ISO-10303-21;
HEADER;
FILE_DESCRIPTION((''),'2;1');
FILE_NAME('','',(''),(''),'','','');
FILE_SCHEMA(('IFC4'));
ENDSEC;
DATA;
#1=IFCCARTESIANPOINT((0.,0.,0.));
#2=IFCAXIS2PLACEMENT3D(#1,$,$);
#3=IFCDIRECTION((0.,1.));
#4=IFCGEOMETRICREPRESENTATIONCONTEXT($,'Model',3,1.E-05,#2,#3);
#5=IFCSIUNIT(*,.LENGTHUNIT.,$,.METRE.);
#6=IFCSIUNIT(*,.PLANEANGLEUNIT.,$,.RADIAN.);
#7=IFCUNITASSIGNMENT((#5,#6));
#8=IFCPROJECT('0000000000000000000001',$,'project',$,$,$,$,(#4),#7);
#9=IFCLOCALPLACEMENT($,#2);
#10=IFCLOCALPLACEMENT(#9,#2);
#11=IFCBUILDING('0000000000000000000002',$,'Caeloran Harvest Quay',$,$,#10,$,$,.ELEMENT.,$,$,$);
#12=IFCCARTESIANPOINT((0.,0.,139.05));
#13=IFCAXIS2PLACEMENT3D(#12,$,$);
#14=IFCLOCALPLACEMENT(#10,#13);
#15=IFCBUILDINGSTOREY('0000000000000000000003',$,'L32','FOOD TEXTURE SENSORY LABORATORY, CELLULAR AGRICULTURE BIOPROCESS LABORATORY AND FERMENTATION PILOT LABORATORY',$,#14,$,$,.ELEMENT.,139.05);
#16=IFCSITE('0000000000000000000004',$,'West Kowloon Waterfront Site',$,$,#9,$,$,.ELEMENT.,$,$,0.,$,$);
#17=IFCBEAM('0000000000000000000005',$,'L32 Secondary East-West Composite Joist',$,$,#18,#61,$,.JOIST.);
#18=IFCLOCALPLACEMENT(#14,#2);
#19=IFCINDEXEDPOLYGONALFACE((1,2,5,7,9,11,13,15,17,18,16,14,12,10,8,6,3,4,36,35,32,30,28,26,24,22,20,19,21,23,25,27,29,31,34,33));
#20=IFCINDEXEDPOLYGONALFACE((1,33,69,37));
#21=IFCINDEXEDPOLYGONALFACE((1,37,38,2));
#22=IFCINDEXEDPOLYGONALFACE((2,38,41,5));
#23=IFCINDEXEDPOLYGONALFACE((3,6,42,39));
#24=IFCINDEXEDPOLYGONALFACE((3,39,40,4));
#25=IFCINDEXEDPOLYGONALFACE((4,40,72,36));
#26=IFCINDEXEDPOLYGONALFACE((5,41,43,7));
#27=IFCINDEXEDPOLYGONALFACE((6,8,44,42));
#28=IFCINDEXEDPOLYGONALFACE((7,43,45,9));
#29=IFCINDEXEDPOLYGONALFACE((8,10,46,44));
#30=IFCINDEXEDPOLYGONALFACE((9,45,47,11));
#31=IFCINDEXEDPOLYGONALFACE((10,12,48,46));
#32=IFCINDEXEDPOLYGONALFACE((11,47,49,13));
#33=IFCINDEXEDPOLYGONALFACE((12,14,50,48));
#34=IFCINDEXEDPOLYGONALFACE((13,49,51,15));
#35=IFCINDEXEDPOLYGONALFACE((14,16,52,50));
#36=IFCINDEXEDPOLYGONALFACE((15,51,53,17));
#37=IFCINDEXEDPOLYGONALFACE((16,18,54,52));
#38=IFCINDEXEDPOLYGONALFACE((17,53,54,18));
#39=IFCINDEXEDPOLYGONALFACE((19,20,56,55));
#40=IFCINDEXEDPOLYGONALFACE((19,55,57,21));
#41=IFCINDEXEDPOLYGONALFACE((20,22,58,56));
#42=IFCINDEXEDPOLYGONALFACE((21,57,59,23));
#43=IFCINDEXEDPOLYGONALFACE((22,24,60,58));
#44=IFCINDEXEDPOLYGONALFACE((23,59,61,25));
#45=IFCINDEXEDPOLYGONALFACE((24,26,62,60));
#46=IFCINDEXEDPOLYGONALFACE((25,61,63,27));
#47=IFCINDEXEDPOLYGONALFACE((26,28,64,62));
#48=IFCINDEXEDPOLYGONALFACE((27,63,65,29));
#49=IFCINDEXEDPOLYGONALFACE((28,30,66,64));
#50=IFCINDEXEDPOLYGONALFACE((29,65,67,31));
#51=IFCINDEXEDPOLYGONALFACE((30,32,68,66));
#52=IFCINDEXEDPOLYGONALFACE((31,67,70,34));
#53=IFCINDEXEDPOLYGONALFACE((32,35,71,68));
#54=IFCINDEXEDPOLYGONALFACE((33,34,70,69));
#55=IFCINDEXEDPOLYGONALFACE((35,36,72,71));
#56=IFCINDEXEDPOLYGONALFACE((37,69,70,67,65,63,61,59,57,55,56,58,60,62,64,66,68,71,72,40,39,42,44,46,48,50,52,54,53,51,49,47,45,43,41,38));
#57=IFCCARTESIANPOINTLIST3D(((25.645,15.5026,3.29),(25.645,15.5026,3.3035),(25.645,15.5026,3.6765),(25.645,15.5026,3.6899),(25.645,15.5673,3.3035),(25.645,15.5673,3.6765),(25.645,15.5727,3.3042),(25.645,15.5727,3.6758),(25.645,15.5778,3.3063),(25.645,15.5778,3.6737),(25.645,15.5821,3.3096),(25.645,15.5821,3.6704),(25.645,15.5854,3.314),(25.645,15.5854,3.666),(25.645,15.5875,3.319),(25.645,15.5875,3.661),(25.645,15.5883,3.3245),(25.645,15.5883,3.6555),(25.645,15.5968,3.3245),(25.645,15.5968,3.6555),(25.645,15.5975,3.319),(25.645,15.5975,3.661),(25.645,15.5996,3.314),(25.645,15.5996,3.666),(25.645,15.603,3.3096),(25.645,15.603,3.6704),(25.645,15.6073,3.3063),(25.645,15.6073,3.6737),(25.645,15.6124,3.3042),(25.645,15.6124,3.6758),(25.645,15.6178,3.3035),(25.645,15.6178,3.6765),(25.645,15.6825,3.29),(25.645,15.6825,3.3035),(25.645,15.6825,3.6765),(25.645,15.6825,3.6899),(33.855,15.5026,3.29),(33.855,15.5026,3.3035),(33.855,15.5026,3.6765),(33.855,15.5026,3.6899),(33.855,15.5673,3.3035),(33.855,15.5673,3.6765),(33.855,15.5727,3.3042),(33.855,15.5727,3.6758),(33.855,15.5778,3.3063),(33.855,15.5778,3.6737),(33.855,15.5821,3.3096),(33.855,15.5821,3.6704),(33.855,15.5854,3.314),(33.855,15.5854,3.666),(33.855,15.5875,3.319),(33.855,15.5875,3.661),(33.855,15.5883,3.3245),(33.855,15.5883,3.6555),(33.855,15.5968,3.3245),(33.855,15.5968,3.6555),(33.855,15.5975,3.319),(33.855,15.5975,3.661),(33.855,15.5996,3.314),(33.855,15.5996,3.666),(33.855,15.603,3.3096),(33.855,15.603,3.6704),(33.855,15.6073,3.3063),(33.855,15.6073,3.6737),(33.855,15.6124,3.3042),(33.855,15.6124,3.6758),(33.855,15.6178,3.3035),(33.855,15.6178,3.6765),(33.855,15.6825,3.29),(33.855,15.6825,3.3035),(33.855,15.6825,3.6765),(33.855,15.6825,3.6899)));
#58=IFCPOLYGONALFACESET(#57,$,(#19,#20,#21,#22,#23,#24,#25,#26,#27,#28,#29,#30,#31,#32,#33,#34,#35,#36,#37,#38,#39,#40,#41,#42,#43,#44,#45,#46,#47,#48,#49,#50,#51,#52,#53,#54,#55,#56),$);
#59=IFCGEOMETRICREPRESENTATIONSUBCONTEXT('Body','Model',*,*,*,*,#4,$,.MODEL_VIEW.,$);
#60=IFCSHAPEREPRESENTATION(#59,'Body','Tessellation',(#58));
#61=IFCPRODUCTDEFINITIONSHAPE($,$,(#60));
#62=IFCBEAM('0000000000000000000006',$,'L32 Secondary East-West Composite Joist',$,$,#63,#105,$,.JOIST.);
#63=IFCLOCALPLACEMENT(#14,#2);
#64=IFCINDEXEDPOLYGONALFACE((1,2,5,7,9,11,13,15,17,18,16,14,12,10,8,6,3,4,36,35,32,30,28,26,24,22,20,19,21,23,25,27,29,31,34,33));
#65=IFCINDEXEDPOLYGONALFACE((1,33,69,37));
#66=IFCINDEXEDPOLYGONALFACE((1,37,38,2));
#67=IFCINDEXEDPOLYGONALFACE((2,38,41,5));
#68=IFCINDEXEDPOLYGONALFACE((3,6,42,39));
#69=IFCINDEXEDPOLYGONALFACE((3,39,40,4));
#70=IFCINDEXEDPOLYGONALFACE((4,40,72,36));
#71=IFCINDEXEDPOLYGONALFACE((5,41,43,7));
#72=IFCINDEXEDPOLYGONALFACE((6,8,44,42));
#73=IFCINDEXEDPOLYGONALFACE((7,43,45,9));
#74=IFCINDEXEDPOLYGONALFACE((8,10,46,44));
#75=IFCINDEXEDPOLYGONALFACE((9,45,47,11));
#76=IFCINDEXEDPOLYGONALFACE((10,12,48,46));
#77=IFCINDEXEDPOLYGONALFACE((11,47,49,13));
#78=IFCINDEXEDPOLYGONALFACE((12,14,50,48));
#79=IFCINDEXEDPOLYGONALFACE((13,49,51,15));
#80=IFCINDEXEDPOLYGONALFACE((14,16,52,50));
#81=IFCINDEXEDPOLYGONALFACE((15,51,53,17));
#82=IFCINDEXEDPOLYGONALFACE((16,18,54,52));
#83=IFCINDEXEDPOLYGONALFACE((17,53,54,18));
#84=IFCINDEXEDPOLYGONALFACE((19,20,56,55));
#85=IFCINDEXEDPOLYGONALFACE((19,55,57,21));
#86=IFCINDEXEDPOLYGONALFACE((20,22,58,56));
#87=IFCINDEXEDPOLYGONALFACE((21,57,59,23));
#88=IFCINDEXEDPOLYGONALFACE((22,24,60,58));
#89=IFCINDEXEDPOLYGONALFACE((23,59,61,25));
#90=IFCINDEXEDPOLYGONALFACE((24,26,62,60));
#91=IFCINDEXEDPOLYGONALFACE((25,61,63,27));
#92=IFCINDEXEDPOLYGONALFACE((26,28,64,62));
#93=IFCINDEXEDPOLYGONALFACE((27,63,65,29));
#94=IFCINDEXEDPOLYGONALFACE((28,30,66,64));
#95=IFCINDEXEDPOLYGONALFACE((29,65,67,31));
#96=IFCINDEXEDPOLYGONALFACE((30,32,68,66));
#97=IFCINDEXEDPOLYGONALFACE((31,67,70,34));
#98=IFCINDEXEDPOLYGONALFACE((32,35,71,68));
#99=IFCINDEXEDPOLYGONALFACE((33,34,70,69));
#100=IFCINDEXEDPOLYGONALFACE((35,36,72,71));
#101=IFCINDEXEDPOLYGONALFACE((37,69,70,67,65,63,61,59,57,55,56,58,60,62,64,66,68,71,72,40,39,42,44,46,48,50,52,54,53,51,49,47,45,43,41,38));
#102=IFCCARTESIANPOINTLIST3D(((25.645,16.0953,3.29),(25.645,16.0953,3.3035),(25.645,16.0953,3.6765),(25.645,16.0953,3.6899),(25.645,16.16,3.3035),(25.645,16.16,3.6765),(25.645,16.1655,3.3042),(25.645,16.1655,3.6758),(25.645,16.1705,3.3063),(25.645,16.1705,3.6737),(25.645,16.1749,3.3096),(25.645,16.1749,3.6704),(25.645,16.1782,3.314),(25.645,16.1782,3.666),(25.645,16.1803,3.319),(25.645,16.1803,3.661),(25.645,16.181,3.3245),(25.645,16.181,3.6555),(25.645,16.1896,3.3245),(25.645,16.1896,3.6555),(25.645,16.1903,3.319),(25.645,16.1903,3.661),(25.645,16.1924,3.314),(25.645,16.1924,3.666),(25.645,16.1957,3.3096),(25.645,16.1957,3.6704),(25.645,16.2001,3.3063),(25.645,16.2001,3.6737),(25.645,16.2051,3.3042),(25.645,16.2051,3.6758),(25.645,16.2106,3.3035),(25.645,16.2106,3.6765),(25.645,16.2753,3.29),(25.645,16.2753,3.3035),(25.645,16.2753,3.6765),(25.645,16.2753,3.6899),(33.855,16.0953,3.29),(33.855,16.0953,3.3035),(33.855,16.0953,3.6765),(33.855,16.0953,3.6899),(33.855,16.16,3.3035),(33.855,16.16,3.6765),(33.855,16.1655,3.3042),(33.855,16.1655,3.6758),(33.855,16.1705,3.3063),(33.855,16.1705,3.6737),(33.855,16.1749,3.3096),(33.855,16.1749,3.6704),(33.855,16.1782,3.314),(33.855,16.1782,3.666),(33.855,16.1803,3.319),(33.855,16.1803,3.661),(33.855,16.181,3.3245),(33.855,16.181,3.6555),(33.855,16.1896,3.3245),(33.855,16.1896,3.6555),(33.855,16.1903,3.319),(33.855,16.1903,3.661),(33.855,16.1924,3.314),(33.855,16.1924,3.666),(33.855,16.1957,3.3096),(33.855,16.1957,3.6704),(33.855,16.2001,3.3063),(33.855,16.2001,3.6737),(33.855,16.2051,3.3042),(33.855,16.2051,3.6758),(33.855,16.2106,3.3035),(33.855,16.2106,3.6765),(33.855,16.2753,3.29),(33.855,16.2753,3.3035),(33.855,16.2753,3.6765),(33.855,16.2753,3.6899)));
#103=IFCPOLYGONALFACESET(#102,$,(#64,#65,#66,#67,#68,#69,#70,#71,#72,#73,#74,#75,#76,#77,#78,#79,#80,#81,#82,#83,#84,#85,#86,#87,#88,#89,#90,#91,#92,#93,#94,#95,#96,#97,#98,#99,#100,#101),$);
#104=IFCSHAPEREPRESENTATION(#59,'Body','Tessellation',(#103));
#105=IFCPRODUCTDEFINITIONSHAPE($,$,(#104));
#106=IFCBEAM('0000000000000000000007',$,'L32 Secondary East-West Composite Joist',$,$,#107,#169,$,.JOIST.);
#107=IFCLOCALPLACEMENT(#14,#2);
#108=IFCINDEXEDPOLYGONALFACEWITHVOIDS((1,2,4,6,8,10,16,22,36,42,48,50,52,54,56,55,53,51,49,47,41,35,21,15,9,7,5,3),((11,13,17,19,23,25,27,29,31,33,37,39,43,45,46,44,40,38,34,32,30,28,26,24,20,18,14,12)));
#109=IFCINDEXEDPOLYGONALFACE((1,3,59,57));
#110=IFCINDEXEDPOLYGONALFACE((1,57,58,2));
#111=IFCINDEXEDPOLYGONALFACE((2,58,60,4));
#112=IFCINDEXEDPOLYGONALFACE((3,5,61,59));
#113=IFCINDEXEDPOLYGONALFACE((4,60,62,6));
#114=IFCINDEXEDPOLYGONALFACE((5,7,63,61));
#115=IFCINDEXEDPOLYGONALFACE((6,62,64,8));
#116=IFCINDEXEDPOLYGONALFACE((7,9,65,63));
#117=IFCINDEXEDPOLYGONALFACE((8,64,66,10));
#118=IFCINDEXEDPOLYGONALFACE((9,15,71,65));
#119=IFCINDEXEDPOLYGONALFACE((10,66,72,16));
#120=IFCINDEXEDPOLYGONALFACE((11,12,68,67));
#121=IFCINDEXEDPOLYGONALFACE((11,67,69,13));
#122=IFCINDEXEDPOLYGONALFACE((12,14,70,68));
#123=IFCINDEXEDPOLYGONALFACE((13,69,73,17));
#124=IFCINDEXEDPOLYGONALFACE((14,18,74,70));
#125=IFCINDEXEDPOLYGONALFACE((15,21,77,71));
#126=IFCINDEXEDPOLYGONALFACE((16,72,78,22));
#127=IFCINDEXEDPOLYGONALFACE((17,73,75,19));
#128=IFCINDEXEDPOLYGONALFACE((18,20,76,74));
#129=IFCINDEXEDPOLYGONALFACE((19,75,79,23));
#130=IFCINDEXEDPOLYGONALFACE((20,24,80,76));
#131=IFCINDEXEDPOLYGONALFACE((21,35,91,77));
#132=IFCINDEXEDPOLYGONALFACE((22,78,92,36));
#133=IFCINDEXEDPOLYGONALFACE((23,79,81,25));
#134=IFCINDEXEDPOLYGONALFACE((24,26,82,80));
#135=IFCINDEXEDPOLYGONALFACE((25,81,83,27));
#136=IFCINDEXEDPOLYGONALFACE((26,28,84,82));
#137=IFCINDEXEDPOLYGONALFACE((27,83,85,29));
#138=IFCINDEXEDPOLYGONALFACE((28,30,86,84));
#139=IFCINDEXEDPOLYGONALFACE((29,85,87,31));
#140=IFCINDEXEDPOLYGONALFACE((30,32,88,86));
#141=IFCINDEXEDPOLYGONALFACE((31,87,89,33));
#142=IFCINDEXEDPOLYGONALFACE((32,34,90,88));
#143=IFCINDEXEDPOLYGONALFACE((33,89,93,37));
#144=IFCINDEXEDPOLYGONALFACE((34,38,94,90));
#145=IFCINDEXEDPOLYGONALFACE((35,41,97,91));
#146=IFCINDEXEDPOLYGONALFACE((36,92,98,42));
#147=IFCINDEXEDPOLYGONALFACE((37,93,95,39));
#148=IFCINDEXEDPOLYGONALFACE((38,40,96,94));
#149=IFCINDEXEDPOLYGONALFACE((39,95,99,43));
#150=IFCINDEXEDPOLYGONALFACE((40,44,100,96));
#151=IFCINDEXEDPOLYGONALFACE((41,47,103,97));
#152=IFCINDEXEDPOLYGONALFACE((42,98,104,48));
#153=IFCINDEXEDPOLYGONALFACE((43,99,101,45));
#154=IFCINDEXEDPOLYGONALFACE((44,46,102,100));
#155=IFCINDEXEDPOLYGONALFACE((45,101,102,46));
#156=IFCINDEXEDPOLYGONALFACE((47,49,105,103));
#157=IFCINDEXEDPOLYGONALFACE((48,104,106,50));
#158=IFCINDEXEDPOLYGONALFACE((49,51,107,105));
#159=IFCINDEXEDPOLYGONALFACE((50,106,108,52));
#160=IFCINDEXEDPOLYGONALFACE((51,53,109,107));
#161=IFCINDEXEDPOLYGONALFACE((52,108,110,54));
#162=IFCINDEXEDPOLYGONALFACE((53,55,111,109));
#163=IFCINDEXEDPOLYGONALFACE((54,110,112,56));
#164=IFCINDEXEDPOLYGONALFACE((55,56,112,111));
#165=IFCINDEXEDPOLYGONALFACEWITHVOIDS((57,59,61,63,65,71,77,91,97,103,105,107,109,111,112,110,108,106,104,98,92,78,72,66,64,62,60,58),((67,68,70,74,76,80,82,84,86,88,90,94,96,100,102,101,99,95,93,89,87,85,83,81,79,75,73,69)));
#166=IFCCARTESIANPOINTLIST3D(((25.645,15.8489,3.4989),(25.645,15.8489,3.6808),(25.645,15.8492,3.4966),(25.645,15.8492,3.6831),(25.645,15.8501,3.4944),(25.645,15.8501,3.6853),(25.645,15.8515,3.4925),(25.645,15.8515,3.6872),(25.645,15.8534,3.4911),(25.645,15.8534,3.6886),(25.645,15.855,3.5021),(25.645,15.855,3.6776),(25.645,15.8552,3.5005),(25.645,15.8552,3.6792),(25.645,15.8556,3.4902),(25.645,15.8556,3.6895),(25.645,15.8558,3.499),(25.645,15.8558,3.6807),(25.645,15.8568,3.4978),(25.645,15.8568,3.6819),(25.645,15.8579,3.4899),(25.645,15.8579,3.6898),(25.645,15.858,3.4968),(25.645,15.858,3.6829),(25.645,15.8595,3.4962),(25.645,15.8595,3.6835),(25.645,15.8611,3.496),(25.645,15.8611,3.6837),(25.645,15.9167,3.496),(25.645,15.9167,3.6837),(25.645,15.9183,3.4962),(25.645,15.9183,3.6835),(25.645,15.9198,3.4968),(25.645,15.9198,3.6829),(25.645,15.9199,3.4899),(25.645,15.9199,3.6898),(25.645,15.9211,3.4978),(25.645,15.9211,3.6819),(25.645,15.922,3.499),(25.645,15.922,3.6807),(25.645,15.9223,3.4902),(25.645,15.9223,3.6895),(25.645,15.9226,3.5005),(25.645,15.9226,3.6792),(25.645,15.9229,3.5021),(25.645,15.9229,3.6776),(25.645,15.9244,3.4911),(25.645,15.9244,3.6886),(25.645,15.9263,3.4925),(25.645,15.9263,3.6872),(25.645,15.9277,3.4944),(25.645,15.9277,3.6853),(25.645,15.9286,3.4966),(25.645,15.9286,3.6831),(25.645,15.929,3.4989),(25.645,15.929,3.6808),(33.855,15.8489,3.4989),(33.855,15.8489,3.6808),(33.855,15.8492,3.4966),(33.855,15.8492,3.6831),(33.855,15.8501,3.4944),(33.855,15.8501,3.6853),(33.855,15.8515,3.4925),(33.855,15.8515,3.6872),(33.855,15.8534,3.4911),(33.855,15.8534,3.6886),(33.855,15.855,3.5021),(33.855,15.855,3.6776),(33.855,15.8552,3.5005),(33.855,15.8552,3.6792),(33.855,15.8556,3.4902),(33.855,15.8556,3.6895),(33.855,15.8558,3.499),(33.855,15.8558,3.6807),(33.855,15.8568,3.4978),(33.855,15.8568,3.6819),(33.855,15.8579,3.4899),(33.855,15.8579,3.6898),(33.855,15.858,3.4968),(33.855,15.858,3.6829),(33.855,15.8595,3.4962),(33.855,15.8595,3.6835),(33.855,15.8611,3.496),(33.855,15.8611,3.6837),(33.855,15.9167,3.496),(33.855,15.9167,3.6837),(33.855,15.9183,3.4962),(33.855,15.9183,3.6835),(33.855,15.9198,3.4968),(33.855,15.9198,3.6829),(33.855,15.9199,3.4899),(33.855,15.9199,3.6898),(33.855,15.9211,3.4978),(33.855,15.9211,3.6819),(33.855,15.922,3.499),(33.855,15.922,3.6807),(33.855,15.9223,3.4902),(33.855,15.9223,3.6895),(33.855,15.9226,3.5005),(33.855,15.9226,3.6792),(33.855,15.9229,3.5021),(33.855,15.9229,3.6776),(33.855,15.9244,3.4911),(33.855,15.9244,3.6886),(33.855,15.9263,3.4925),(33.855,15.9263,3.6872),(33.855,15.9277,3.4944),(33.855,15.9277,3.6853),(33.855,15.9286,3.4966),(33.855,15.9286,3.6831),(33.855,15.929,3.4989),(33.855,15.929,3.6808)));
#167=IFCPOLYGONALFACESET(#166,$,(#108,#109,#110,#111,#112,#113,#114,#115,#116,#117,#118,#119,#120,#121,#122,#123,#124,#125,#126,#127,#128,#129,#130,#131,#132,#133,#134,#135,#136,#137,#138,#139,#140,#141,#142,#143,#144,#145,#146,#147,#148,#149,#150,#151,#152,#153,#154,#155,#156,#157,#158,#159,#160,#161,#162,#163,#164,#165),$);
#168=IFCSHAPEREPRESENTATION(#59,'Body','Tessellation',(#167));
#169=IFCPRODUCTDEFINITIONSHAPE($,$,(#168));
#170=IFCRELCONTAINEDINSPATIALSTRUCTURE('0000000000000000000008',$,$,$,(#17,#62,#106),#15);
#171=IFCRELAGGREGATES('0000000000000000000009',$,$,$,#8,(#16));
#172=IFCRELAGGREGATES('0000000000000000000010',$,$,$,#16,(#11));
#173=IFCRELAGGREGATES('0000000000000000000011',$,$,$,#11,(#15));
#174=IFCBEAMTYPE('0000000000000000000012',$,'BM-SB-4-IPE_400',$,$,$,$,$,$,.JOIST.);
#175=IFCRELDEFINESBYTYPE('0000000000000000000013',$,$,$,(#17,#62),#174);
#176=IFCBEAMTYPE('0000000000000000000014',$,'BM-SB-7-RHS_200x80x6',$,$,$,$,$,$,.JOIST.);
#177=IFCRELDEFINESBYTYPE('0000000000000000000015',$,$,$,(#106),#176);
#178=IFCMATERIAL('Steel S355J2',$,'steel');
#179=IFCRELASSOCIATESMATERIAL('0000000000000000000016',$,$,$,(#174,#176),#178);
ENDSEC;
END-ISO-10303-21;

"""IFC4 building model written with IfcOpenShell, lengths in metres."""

from ifc_helpers import new_model, si_unit, direction, frame, origin, origin_2d, place, context, subcontext, project, spatial, hollow_rectangle, i_section, extrude, material, material_profile, profile_set, type_object, element, save


model = new_model("IFC4")

# Units and contexts
model_context = context("Model", 3, precision=1e-05, world=origin(), true_north=direction((0.0, 1.0)))
body_context = subcontext(model_context, "Body", "Model", "MODEL_VIEW")
ifc_project = project(units=[si_unit("LENGTHUNIT", "METRE"), si_unit("PLANEANGLEUNIT", "RADIAN")], contexts=[model_context])

# Site, building, storey
site_placement = place(None, origin())
site = spatial("IfcSite", under=ifc_project, at=site_placement, Name="West Kowloon Waterfront Site", CompositionType="ELEMENT", RefElevation=0.0)
building_placement = place(site_placement, origin())
building = spatial("IfcBuilding", under=site, at=building_placement, Name="Caeloran Harvest Quay", CompositionType="ELEMENT")
storey_placement = place(building_placement, frame((0.0, 0.0, 139.05)))
storey = spatial("IfcBuildingStorey", under=building, at=storey_placement, Name="L32", Description="FOOD TEXTURE SENSORY LABORATORY, CELLULAR AGRICULTURE BIOPROCESS LABORATORY AND FERMENTATION PILOT LABORATORY", CompositionType="ELEMENT", Elevation=139.05)

# Beams
ifc_material_1 = material(Name="Steel S355J2", Category="steel")
ifc_material_profile_1 = material_profile(ifc_material_1, i_section(OverallWidth=0.1799, OverallDepth=0.3999, WebThickness=0.0085, FlangeThickness=0.0134, FilletRadius=0.021, at=origin_2d()), Name="IPE 400")
ifc_profile_set_1 = profile_set([ifc_material_profile_1], Name="Steel S355J2")
beam_type_1 = type_object("IfcBeamType", Name="BM-SB-4-IPE_400", PredefinedType="JOIST", material=ifc_profile_set_1)
for number, where, z_axis, x_axis, name in (
    (1, (25.645, 15.5925, 3.49), (1.0, 0.0, 0.0), (0.0, 1.0, 0.0), "L32 Secondary East-West Composite Joist"),
    (2, (25.645, 16.1853, 3.49), (1.0, 0.0, 0.0), (0.0, 1.0, 0.0), "L32 Secondary East-West Composite Joist"),
):
    element("IfcBeam", number, at=place(storey_placement, frame(where, z_axis=z_axis, x_axis=x_axis)), inside=storey, type_object=beam_type_1, Name=name, PredefinedType="JOIST", context=body_context, shape_type="SweptSolid", body=[
        extrude(i_section(OverallWidth=0.1799, OverallDepth=0.3999, WebThickness=0.0085, FlangeThickness=0.0134, FilletRadius=0.021, at=origin_2d()), origin(), (0.0, 0.0, 1.0), 8.21),
    ])
ifc_material_profile_2 = material_profile(ifc_material_1, hollow_rectangle(XDim=0.0801, YDim=0.2, WallThickness=0.0061, InnerFilletRadius=0.0061, OuterFilletRadius=0.009, at=origin_2d()), Name="RHS 200x80x6")
ifc_profile_set_2 = profile_set([ifc_material_profile_2], Name="Steel S355J2")
beam_type_2 = type_object("IfcBeamType", Name="BM-SB-7-RHS_200x80x6", PredefinedType="JOIST", material=ifc_profile_set_2)
for number, where, z_axis, x_axis, name in (
    (3, (25.645, 15.8889, 3.5898), (1.0, 0.0, 0.0), (0.0, 1.0, 0.0), "L32 Secondary East-West Composite Joist"),
):
    element("IfcBeam", number, at=place(storey_placement, frame(where, z_axis=z_axis, x_axis=x_axis)), inside=storey, type_object=beam_type_2, Name=name, PredefinedType="JOIST", context=body_context, shape_type="SweptSolid", body=[
        extrude(hollow_rectangle(XDim=0.0801, YDim=0.2, WallThickness=0.0061, InnerFilletRadius=0.0061, OuterFilletRadius=0.009, at=origin_2d()), origin(), (0.0, 0.0, 1.0), 8.21),
    ])

save(model, "model.ifc")
